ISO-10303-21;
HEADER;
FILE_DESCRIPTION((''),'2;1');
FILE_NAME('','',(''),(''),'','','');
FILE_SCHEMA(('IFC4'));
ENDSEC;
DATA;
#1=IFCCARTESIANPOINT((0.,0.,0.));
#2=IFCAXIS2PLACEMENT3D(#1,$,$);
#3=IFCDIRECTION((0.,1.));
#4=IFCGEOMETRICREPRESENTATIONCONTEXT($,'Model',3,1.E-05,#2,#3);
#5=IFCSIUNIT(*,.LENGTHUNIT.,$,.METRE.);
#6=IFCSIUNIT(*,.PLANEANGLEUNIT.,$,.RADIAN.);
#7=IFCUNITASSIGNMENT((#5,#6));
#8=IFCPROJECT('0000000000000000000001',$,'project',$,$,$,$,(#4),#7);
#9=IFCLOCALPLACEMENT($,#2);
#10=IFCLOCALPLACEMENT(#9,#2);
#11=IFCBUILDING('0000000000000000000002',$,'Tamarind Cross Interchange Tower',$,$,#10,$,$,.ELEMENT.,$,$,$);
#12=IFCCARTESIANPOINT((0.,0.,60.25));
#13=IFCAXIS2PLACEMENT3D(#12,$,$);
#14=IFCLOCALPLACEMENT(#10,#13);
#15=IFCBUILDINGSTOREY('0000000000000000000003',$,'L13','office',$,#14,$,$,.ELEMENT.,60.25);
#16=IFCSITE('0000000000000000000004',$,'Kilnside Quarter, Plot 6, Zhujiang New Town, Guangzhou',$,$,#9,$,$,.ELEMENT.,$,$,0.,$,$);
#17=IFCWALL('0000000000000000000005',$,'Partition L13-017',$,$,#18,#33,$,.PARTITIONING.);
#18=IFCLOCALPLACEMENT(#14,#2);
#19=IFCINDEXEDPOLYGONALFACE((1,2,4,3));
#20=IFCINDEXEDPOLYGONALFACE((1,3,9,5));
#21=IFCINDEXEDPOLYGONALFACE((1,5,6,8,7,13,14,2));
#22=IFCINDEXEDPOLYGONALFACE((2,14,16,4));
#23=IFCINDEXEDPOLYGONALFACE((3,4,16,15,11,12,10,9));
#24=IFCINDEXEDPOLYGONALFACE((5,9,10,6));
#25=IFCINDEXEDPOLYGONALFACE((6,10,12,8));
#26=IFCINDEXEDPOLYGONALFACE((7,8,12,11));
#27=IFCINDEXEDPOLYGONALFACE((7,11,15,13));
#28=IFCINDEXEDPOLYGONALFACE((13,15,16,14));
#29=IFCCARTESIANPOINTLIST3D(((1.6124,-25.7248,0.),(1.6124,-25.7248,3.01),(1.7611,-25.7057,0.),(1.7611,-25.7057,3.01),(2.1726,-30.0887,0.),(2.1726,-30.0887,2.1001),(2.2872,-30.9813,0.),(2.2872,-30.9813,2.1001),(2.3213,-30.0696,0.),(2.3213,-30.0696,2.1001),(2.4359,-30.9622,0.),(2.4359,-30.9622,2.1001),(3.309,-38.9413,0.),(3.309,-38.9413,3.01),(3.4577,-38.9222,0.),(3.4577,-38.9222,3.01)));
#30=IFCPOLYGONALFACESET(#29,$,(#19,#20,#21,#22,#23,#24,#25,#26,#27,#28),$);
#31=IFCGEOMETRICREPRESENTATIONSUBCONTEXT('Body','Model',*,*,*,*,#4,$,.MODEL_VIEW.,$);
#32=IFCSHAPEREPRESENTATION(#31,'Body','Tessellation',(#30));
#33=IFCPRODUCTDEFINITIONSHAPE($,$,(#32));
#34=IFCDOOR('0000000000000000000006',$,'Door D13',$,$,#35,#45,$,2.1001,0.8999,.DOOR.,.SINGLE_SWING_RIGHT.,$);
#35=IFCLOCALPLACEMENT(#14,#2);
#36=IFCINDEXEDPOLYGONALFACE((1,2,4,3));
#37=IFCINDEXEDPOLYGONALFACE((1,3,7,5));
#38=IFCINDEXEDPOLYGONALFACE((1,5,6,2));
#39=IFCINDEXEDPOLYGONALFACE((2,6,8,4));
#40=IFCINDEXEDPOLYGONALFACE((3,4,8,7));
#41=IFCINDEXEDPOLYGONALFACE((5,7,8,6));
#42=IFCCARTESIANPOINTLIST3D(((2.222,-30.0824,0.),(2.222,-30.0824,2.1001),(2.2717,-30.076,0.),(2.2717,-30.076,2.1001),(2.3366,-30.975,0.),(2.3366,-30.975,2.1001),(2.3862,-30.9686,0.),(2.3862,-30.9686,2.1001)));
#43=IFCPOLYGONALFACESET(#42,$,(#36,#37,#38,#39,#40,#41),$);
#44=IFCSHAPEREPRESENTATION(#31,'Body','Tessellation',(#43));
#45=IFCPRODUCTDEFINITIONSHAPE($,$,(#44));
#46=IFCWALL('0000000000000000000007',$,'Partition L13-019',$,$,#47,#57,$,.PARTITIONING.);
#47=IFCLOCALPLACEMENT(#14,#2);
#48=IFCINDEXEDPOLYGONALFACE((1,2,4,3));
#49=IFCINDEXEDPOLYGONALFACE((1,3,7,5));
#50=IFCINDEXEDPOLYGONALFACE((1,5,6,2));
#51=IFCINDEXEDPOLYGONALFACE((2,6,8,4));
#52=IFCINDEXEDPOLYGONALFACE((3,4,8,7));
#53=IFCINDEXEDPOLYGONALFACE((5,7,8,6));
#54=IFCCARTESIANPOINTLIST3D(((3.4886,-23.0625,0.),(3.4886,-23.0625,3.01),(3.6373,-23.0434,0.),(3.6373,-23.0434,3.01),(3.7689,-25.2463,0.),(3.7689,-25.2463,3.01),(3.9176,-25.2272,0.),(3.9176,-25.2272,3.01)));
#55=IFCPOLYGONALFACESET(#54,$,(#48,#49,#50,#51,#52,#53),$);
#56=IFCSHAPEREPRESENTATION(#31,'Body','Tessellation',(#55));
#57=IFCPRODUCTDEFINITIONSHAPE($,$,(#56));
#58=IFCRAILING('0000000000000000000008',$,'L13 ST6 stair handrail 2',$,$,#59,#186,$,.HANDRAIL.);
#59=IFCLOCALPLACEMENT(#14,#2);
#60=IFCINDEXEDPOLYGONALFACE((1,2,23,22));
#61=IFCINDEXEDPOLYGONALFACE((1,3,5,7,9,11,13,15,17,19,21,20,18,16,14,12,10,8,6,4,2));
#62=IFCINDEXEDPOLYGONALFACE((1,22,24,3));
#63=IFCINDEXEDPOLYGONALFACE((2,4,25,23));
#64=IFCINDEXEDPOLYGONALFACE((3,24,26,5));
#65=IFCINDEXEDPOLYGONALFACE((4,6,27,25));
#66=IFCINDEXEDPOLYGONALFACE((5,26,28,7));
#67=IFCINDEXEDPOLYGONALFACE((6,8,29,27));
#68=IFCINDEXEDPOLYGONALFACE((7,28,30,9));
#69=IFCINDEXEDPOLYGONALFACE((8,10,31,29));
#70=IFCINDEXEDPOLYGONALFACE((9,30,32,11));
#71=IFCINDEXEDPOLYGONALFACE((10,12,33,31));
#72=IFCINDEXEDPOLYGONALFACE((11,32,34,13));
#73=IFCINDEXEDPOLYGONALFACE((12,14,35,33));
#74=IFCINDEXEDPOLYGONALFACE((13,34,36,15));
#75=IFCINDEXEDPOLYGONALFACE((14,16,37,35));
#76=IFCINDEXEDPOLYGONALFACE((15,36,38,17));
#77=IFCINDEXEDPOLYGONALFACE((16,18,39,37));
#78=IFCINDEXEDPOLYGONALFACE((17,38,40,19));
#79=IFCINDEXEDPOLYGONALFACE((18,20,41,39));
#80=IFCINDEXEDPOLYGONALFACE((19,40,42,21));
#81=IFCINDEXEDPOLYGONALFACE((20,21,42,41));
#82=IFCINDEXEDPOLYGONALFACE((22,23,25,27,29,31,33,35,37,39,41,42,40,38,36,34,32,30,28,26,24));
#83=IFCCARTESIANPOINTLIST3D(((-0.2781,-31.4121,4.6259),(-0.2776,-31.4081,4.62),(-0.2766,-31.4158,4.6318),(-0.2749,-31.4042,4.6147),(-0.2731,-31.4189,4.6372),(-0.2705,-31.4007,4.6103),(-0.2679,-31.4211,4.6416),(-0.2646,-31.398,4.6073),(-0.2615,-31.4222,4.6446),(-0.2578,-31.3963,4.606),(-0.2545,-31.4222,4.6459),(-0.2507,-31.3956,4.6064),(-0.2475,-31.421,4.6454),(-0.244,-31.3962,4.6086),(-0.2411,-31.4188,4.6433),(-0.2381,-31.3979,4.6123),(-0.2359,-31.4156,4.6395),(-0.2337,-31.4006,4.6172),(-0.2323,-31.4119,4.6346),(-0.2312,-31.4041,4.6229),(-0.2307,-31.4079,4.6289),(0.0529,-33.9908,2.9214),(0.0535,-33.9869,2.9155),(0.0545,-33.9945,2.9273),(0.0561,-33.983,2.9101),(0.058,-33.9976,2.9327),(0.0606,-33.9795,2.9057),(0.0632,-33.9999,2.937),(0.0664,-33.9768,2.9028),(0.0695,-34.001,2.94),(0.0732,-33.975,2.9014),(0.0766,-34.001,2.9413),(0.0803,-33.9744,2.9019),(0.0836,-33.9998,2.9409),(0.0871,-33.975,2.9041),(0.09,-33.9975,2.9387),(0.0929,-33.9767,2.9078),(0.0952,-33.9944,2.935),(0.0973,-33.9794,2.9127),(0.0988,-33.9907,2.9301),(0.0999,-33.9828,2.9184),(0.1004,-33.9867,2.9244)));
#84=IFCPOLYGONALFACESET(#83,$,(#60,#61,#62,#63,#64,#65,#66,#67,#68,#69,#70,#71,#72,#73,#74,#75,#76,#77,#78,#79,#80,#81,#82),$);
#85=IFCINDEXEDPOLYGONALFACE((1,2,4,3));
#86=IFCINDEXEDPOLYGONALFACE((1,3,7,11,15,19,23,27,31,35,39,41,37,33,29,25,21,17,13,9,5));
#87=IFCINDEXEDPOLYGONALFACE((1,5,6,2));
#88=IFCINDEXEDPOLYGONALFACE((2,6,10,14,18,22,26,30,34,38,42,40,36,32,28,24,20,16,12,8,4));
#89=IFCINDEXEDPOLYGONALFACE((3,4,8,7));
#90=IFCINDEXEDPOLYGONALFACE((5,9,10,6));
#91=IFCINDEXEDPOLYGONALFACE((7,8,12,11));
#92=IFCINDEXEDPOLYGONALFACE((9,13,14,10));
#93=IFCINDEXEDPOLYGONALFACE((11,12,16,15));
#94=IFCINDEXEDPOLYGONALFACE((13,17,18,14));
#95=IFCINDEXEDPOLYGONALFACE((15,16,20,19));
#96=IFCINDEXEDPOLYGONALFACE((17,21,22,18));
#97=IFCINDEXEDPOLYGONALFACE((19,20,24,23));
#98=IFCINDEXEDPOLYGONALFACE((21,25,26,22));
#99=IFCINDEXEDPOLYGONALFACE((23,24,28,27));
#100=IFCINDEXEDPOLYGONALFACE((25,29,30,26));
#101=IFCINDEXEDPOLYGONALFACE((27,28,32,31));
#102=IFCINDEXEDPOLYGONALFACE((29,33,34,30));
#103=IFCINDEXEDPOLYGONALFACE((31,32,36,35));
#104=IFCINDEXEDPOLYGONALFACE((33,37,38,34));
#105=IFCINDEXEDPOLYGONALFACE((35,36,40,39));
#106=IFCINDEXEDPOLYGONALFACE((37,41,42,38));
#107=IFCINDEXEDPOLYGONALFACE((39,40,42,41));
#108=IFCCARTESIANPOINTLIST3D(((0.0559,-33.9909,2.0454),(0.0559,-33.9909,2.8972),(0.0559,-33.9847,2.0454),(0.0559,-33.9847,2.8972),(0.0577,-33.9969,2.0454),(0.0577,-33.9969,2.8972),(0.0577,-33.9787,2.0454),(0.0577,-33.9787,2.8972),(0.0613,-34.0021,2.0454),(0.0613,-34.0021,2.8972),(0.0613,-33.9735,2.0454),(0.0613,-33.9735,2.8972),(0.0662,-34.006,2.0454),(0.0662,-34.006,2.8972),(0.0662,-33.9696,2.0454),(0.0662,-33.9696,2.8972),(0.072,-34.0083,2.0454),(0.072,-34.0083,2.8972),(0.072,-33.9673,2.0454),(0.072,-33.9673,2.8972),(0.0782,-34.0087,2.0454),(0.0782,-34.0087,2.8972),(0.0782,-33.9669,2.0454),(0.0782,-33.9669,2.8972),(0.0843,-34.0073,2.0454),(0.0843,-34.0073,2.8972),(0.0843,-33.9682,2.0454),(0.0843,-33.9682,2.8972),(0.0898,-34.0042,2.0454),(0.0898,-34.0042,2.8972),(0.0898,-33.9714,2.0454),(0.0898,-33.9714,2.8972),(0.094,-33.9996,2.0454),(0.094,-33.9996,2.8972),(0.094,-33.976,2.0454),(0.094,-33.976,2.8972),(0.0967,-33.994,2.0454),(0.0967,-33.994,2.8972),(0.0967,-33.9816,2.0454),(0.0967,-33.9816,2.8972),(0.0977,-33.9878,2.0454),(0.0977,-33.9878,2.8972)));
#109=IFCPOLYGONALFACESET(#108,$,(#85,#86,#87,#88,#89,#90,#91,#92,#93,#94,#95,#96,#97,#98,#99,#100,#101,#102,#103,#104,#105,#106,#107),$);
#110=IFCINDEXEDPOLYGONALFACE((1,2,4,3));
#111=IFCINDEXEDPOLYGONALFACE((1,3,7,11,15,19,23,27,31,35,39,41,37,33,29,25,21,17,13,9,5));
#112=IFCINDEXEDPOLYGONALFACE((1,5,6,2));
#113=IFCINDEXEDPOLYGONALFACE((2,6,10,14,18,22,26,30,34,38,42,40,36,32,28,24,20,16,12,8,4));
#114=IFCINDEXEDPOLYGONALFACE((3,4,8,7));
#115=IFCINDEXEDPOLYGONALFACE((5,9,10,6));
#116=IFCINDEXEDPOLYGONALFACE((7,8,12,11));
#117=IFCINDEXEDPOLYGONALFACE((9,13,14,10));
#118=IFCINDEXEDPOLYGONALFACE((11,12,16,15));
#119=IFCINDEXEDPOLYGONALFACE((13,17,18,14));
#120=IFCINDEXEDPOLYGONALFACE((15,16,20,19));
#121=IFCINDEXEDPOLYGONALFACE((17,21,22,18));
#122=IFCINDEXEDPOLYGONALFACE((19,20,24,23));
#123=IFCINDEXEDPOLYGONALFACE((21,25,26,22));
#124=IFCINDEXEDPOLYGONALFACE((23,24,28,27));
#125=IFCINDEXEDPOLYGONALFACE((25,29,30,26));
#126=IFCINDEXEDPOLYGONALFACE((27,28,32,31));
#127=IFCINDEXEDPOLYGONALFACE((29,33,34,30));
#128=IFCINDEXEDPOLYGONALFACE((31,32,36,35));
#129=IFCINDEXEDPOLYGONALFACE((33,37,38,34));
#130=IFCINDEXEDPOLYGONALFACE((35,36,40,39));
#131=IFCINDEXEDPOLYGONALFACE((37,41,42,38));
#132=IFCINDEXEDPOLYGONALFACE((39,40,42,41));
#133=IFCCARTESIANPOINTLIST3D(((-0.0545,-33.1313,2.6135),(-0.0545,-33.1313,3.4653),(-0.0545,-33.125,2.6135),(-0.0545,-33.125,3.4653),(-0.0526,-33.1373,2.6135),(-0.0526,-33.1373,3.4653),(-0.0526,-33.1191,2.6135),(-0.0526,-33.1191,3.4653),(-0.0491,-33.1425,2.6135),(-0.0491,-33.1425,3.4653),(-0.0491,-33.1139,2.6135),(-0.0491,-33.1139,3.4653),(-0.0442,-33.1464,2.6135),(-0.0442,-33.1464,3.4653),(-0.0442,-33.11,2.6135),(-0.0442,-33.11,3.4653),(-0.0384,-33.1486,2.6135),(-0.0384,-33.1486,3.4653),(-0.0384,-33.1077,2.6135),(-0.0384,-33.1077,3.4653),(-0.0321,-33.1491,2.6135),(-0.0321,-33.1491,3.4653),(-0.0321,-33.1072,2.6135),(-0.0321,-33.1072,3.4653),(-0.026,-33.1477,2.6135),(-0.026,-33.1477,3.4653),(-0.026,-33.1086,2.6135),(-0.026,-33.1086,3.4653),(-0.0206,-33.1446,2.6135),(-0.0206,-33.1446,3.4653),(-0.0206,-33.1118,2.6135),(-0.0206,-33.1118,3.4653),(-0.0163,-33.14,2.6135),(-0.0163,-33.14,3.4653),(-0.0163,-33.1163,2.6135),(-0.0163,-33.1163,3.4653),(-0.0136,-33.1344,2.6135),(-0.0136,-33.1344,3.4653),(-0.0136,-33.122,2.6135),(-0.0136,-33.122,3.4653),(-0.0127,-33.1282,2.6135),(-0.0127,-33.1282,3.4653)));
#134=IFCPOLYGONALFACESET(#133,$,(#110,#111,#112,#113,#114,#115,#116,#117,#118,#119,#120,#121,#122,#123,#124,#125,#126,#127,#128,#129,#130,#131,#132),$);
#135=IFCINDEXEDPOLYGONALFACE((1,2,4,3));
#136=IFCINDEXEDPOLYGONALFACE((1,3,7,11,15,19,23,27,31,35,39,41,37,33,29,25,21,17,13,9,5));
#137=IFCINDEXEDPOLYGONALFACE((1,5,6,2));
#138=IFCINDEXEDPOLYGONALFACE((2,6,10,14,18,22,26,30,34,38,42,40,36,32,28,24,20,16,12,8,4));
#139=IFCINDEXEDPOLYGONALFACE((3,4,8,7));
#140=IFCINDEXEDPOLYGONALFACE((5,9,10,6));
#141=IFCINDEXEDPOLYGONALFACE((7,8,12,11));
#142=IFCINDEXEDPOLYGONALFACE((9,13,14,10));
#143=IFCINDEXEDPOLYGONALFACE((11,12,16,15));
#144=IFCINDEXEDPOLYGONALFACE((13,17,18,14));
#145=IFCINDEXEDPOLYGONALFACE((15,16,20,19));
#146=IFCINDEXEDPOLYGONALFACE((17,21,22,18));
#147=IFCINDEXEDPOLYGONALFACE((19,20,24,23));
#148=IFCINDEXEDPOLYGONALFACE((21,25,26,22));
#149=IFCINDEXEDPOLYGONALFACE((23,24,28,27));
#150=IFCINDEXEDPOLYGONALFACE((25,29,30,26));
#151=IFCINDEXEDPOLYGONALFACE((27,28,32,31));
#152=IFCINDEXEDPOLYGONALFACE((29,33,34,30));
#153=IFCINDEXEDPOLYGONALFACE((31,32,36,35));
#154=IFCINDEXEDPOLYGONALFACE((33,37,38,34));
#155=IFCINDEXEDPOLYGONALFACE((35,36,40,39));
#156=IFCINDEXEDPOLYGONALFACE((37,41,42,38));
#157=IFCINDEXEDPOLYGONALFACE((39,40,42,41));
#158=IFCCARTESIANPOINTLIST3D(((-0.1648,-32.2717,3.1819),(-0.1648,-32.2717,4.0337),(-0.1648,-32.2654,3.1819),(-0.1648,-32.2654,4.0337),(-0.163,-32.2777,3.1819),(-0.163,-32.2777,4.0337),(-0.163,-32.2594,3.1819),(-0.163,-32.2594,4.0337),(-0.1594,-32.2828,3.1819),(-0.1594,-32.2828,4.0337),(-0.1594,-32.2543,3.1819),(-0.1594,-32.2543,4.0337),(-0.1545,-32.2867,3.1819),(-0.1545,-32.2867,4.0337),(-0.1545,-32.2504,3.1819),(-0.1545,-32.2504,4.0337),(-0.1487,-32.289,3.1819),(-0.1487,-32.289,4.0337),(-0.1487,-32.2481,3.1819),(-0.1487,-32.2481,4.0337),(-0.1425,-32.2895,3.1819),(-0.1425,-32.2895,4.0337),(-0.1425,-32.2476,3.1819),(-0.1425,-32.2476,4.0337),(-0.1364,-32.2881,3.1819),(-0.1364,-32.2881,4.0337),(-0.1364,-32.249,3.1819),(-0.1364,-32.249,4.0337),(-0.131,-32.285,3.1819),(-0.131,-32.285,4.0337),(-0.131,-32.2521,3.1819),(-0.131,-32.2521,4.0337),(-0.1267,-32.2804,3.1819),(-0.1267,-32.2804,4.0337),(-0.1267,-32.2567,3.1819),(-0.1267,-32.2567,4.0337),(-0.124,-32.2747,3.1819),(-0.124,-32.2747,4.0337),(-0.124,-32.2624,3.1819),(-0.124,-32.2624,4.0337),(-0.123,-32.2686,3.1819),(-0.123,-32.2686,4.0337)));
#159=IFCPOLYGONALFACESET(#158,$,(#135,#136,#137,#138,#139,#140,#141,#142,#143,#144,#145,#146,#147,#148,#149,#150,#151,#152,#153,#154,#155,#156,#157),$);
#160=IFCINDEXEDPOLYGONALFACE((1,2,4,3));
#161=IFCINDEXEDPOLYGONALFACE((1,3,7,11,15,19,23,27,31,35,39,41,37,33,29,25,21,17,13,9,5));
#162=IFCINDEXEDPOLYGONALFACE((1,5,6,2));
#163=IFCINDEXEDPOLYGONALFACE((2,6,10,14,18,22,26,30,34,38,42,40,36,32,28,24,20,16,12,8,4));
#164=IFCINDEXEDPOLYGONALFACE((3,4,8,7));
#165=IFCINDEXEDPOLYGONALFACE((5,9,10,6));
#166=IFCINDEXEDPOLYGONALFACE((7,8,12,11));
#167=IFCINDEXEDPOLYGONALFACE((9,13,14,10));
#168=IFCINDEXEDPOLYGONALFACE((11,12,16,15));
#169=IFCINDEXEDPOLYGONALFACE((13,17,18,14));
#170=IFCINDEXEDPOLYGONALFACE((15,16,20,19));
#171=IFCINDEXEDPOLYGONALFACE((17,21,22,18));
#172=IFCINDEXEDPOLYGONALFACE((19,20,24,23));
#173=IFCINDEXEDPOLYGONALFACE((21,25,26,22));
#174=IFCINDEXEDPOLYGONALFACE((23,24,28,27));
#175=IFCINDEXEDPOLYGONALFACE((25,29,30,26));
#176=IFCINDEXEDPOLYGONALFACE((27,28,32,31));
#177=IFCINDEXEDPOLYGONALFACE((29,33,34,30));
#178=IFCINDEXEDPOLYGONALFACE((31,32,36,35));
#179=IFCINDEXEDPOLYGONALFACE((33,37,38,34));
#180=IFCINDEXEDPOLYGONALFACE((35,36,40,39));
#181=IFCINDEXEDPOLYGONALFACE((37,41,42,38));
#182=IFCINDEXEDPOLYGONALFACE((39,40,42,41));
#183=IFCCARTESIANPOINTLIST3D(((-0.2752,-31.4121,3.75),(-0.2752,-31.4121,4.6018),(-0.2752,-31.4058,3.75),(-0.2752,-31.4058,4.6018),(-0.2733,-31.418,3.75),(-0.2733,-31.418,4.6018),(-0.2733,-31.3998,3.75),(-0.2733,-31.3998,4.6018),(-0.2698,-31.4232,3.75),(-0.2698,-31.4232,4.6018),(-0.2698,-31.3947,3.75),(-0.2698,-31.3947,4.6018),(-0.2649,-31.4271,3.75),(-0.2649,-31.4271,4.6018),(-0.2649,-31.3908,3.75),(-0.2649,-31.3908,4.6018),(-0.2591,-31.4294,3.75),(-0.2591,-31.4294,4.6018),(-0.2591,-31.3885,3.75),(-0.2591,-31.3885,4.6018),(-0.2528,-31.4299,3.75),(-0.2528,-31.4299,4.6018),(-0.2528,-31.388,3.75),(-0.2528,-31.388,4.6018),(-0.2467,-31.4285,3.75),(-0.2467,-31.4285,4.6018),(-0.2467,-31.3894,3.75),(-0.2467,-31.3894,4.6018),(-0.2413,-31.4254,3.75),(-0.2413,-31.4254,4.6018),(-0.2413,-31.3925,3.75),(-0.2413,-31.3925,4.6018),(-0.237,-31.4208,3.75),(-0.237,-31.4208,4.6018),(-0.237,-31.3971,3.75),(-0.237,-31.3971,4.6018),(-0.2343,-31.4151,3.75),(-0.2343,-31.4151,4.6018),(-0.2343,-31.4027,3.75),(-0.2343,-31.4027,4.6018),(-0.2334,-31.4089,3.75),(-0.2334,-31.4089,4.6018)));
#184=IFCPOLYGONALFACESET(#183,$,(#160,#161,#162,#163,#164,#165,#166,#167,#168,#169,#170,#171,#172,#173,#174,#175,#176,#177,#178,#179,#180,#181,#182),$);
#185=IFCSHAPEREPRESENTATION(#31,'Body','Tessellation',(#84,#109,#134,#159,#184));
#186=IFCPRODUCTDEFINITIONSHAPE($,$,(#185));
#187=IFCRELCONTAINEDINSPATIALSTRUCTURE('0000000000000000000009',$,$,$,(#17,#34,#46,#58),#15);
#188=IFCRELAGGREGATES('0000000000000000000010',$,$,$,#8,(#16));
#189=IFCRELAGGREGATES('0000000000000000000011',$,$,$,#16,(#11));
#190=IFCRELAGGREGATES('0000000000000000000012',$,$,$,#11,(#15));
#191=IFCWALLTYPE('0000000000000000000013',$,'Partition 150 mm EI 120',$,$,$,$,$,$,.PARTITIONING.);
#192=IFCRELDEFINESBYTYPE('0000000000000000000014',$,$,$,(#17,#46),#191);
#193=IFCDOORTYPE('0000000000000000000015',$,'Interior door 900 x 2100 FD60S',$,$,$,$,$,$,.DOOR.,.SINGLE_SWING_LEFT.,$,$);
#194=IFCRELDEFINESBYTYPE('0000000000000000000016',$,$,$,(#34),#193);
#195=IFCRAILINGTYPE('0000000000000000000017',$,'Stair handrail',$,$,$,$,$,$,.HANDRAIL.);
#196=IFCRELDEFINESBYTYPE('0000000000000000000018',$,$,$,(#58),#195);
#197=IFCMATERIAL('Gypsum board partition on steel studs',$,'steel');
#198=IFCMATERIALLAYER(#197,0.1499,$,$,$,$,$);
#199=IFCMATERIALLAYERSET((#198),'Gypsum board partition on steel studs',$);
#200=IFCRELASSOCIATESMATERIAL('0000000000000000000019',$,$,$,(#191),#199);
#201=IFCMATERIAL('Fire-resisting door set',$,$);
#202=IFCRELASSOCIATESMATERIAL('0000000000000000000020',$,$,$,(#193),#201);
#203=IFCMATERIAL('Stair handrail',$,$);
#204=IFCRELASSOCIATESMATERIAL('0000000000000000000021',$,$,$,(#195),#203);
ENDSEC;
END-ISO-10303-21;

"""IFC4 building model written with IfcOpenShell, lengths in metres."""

from ifc_helpers import new_model, si_unit, direction, frame, frame_2d, origin, origin_2d, place, context, subcontext, project, spatial, rectangle, circle, extrude, material, layer, layer_set, type_object, element, fill, save


model = new_model("IFC4")

# Units and contexts
model_context = context("Model", 3, precision=1e-05, world=origin(), true_north=direction((0.0, 1.0)))
body_context = subcontext(model_context, "Body", "Model", "MODEL_VIEW")
ifc_project = project(units=[si_unit("LENGTHUNIT", "METRE"), si_unit("PLANEANGLEUNIT", "RADIAN")], contexts=[model_context])

# Site, building, storey
site_placement = place(None, origin())
site = spatial("IfcSite", under=ifc_project, at=site_placement, Name="Kilnside Quarter, Plot 6, Zhujiang New Town, Guangzhou", CompositionType="ELEMENT", RefElevation=0.0)
building_placement = place(site_placement, origin())
building = spatial("IfcBuilding", under=site, at=building_placement, Name="Tamarind Cross Interchange Tower", CompositionType="ELEMENT")
storey_placement = place(building_placement, frame((0.0, 0.0, 60.25)))
storey = spatial("IfcBuildingStorey", under=building, at=storey_placement, Name="L13", Description="office", CompositionType="ELEMENT", Elevation=60.25)

# Shared definitions
ifc_material_1 = material(Name="Gypsum board partition on steel studs", Category="steel")
ifc_layer_1 = layer(ifc_material_1, 0.1499)
ifc_layer_set_1 = layer_set([ifc_layer_1], Name="Gypsum board partition on steel studs")
wall_type = type_object("IfcWallType", Name="Partition 150 mm EI 120", PredefinedType="PARTITIONING", material=ifc_layer_set_1)

# Wall, opening, door
wall_1_placement = place(storey_placement, frame((1.6868, -25.7151, 0.0), z_axis=(0.0, 0.0, 1.0), x_axis=(0.12732, -0.991862, 0.0)))
wall_1 = element("IfcWall", 1, at=wall_1_placement, inside=storey, type_object=wall_type, Name="Partition L13-017", PredefinedType="PARTITIONING", context=body_context, shape_type="SweptSolid", body=[
    extrude(rectangle(XDim=13.325, YDim=0.1499, at=frame_2d((6.6626, 0.0))), origin(), (0.0, 0.0, 1.0), 3.01),
])
opening_placement = place(wall_1_placement, frame((4.3999, 0.0, 0.0)))
opening = element("IfcOpeningElement", 2, at=opening_placement, cuts=wall_1, PredefinedType="OPENING", context=body_context, shape_type="SweptSolid", body=[
    extrude(rectangle(XDim=0.8999, YDim=2.1001, at=frame_2d((0.45, 1.05))), frame((0.0, 0.085, 0.0), z_axis=(0.0, -1.0, 0.0), x_axis=(1.0, 0.0, 0.0)), (0.0, 0.0, 1.0), 0.1699),
])
ifc_material_2 = material(Name="Fire-resisting door set")
door_type = type_object("IfcDoorType", Name="Interior door 900 x 2100 FD60S", OperationType="SINGLE_SWING_LEFT", PredefinedType="DOOR", material=ifc_material_2)
door_placement = place(opening_placement, origin())
door = element("IfcDoor", 3, at=door_placement, inside=storey, type_object=door_type, Name="Door D13", OperationType="SINGLE_SWING_RIGHT", OverallHeight=2.1001, OverallWidth=0.8999, PredefinedType="DOOR", context=body_context, shape_type="SweptSolid", body=[
    extrude(rectangle(XDim=0.8999, YDim=2.1001, at=frame_2d((0.45, 1.05))), frame((0.0, 0.0249, 0.0), z_axis=(0.0, -1.0, 0.0), x_axis=(1.0, 0.0, 0.0)), (0.0, 0.0, 1.0), 0.05),
])
fill(opening, door)

# Wall
wall_2_placement = place(storey_placement, frame((3.563, -23.053, 0.0), z_axis=(0.0, 0.0, 1.0), x_axis=(0.127296, -0.991865, 0.0)))
element("IfcWall", 4, at=wall_2_placement, inside=storey, type_object=wall_type, Name="Partition L13-019", PredefinedType="PARTITIONING", context=body_context, shape_type="SweptSolid", body=[
    extrude(rectangle(XDim=2.2017, YDim=0.1499, at=frame_2d((1.1008, 0.0))), origin(), (0.0, 0.0, 1.0), 3.01),
])

# Railing
ifc_material_3 = material(Name="Stair handrail")
railing_type = type_object("IfcRailingType", Name="Stair handrail", PredefinedType="HANDRAIL", material=ifc_material_3)
railing_placement = place(storey_placement, frame((0.0767, -33.9878, 2.0454)))
element("IfcRailing", 5, at=railing_placement, inside=storey, type_object=railing_type, Name="L13 ST6 stair handrail 2", PredefinedType="HANDRAIL", context=body_context, shape_type="SweptSolid", body=[
    extrude(circle(Radius=0.0239, at=origin_2d()), frame((0.0, 0.0, 0.876), z_axis=(-0.106484, 0.829488, 0.54828), x_axis=(-0.991861, -0.127328, 0.0)), (0.0, 0.0, 1.0), 3.1089),
    extrude(circle(Radius=0.021, at=origin_2d()), origin(), (0.0, 0.0, 1.0), 0.8518),
    extrude(circle(Radius=0.021, at=origin_2d()), frame((-0.1104, 0.8596, 0.5681)), (0.0, 0.0, 1.0), 0.8518),
    extrude(circle(Radius=0.021, at=origin_2d()), frame((-0.2207, 1.7192, 1.1365)), (0.0, 0.0, 1.0), 0.8518),
    extrude(circle(Radius=0.021, at=origin_2d()), frame((-0.3311, 2.5789, 1.7046)), (0.0, 0.0, 1.0), 0.8518),
])

save(model, "model.ifc")
